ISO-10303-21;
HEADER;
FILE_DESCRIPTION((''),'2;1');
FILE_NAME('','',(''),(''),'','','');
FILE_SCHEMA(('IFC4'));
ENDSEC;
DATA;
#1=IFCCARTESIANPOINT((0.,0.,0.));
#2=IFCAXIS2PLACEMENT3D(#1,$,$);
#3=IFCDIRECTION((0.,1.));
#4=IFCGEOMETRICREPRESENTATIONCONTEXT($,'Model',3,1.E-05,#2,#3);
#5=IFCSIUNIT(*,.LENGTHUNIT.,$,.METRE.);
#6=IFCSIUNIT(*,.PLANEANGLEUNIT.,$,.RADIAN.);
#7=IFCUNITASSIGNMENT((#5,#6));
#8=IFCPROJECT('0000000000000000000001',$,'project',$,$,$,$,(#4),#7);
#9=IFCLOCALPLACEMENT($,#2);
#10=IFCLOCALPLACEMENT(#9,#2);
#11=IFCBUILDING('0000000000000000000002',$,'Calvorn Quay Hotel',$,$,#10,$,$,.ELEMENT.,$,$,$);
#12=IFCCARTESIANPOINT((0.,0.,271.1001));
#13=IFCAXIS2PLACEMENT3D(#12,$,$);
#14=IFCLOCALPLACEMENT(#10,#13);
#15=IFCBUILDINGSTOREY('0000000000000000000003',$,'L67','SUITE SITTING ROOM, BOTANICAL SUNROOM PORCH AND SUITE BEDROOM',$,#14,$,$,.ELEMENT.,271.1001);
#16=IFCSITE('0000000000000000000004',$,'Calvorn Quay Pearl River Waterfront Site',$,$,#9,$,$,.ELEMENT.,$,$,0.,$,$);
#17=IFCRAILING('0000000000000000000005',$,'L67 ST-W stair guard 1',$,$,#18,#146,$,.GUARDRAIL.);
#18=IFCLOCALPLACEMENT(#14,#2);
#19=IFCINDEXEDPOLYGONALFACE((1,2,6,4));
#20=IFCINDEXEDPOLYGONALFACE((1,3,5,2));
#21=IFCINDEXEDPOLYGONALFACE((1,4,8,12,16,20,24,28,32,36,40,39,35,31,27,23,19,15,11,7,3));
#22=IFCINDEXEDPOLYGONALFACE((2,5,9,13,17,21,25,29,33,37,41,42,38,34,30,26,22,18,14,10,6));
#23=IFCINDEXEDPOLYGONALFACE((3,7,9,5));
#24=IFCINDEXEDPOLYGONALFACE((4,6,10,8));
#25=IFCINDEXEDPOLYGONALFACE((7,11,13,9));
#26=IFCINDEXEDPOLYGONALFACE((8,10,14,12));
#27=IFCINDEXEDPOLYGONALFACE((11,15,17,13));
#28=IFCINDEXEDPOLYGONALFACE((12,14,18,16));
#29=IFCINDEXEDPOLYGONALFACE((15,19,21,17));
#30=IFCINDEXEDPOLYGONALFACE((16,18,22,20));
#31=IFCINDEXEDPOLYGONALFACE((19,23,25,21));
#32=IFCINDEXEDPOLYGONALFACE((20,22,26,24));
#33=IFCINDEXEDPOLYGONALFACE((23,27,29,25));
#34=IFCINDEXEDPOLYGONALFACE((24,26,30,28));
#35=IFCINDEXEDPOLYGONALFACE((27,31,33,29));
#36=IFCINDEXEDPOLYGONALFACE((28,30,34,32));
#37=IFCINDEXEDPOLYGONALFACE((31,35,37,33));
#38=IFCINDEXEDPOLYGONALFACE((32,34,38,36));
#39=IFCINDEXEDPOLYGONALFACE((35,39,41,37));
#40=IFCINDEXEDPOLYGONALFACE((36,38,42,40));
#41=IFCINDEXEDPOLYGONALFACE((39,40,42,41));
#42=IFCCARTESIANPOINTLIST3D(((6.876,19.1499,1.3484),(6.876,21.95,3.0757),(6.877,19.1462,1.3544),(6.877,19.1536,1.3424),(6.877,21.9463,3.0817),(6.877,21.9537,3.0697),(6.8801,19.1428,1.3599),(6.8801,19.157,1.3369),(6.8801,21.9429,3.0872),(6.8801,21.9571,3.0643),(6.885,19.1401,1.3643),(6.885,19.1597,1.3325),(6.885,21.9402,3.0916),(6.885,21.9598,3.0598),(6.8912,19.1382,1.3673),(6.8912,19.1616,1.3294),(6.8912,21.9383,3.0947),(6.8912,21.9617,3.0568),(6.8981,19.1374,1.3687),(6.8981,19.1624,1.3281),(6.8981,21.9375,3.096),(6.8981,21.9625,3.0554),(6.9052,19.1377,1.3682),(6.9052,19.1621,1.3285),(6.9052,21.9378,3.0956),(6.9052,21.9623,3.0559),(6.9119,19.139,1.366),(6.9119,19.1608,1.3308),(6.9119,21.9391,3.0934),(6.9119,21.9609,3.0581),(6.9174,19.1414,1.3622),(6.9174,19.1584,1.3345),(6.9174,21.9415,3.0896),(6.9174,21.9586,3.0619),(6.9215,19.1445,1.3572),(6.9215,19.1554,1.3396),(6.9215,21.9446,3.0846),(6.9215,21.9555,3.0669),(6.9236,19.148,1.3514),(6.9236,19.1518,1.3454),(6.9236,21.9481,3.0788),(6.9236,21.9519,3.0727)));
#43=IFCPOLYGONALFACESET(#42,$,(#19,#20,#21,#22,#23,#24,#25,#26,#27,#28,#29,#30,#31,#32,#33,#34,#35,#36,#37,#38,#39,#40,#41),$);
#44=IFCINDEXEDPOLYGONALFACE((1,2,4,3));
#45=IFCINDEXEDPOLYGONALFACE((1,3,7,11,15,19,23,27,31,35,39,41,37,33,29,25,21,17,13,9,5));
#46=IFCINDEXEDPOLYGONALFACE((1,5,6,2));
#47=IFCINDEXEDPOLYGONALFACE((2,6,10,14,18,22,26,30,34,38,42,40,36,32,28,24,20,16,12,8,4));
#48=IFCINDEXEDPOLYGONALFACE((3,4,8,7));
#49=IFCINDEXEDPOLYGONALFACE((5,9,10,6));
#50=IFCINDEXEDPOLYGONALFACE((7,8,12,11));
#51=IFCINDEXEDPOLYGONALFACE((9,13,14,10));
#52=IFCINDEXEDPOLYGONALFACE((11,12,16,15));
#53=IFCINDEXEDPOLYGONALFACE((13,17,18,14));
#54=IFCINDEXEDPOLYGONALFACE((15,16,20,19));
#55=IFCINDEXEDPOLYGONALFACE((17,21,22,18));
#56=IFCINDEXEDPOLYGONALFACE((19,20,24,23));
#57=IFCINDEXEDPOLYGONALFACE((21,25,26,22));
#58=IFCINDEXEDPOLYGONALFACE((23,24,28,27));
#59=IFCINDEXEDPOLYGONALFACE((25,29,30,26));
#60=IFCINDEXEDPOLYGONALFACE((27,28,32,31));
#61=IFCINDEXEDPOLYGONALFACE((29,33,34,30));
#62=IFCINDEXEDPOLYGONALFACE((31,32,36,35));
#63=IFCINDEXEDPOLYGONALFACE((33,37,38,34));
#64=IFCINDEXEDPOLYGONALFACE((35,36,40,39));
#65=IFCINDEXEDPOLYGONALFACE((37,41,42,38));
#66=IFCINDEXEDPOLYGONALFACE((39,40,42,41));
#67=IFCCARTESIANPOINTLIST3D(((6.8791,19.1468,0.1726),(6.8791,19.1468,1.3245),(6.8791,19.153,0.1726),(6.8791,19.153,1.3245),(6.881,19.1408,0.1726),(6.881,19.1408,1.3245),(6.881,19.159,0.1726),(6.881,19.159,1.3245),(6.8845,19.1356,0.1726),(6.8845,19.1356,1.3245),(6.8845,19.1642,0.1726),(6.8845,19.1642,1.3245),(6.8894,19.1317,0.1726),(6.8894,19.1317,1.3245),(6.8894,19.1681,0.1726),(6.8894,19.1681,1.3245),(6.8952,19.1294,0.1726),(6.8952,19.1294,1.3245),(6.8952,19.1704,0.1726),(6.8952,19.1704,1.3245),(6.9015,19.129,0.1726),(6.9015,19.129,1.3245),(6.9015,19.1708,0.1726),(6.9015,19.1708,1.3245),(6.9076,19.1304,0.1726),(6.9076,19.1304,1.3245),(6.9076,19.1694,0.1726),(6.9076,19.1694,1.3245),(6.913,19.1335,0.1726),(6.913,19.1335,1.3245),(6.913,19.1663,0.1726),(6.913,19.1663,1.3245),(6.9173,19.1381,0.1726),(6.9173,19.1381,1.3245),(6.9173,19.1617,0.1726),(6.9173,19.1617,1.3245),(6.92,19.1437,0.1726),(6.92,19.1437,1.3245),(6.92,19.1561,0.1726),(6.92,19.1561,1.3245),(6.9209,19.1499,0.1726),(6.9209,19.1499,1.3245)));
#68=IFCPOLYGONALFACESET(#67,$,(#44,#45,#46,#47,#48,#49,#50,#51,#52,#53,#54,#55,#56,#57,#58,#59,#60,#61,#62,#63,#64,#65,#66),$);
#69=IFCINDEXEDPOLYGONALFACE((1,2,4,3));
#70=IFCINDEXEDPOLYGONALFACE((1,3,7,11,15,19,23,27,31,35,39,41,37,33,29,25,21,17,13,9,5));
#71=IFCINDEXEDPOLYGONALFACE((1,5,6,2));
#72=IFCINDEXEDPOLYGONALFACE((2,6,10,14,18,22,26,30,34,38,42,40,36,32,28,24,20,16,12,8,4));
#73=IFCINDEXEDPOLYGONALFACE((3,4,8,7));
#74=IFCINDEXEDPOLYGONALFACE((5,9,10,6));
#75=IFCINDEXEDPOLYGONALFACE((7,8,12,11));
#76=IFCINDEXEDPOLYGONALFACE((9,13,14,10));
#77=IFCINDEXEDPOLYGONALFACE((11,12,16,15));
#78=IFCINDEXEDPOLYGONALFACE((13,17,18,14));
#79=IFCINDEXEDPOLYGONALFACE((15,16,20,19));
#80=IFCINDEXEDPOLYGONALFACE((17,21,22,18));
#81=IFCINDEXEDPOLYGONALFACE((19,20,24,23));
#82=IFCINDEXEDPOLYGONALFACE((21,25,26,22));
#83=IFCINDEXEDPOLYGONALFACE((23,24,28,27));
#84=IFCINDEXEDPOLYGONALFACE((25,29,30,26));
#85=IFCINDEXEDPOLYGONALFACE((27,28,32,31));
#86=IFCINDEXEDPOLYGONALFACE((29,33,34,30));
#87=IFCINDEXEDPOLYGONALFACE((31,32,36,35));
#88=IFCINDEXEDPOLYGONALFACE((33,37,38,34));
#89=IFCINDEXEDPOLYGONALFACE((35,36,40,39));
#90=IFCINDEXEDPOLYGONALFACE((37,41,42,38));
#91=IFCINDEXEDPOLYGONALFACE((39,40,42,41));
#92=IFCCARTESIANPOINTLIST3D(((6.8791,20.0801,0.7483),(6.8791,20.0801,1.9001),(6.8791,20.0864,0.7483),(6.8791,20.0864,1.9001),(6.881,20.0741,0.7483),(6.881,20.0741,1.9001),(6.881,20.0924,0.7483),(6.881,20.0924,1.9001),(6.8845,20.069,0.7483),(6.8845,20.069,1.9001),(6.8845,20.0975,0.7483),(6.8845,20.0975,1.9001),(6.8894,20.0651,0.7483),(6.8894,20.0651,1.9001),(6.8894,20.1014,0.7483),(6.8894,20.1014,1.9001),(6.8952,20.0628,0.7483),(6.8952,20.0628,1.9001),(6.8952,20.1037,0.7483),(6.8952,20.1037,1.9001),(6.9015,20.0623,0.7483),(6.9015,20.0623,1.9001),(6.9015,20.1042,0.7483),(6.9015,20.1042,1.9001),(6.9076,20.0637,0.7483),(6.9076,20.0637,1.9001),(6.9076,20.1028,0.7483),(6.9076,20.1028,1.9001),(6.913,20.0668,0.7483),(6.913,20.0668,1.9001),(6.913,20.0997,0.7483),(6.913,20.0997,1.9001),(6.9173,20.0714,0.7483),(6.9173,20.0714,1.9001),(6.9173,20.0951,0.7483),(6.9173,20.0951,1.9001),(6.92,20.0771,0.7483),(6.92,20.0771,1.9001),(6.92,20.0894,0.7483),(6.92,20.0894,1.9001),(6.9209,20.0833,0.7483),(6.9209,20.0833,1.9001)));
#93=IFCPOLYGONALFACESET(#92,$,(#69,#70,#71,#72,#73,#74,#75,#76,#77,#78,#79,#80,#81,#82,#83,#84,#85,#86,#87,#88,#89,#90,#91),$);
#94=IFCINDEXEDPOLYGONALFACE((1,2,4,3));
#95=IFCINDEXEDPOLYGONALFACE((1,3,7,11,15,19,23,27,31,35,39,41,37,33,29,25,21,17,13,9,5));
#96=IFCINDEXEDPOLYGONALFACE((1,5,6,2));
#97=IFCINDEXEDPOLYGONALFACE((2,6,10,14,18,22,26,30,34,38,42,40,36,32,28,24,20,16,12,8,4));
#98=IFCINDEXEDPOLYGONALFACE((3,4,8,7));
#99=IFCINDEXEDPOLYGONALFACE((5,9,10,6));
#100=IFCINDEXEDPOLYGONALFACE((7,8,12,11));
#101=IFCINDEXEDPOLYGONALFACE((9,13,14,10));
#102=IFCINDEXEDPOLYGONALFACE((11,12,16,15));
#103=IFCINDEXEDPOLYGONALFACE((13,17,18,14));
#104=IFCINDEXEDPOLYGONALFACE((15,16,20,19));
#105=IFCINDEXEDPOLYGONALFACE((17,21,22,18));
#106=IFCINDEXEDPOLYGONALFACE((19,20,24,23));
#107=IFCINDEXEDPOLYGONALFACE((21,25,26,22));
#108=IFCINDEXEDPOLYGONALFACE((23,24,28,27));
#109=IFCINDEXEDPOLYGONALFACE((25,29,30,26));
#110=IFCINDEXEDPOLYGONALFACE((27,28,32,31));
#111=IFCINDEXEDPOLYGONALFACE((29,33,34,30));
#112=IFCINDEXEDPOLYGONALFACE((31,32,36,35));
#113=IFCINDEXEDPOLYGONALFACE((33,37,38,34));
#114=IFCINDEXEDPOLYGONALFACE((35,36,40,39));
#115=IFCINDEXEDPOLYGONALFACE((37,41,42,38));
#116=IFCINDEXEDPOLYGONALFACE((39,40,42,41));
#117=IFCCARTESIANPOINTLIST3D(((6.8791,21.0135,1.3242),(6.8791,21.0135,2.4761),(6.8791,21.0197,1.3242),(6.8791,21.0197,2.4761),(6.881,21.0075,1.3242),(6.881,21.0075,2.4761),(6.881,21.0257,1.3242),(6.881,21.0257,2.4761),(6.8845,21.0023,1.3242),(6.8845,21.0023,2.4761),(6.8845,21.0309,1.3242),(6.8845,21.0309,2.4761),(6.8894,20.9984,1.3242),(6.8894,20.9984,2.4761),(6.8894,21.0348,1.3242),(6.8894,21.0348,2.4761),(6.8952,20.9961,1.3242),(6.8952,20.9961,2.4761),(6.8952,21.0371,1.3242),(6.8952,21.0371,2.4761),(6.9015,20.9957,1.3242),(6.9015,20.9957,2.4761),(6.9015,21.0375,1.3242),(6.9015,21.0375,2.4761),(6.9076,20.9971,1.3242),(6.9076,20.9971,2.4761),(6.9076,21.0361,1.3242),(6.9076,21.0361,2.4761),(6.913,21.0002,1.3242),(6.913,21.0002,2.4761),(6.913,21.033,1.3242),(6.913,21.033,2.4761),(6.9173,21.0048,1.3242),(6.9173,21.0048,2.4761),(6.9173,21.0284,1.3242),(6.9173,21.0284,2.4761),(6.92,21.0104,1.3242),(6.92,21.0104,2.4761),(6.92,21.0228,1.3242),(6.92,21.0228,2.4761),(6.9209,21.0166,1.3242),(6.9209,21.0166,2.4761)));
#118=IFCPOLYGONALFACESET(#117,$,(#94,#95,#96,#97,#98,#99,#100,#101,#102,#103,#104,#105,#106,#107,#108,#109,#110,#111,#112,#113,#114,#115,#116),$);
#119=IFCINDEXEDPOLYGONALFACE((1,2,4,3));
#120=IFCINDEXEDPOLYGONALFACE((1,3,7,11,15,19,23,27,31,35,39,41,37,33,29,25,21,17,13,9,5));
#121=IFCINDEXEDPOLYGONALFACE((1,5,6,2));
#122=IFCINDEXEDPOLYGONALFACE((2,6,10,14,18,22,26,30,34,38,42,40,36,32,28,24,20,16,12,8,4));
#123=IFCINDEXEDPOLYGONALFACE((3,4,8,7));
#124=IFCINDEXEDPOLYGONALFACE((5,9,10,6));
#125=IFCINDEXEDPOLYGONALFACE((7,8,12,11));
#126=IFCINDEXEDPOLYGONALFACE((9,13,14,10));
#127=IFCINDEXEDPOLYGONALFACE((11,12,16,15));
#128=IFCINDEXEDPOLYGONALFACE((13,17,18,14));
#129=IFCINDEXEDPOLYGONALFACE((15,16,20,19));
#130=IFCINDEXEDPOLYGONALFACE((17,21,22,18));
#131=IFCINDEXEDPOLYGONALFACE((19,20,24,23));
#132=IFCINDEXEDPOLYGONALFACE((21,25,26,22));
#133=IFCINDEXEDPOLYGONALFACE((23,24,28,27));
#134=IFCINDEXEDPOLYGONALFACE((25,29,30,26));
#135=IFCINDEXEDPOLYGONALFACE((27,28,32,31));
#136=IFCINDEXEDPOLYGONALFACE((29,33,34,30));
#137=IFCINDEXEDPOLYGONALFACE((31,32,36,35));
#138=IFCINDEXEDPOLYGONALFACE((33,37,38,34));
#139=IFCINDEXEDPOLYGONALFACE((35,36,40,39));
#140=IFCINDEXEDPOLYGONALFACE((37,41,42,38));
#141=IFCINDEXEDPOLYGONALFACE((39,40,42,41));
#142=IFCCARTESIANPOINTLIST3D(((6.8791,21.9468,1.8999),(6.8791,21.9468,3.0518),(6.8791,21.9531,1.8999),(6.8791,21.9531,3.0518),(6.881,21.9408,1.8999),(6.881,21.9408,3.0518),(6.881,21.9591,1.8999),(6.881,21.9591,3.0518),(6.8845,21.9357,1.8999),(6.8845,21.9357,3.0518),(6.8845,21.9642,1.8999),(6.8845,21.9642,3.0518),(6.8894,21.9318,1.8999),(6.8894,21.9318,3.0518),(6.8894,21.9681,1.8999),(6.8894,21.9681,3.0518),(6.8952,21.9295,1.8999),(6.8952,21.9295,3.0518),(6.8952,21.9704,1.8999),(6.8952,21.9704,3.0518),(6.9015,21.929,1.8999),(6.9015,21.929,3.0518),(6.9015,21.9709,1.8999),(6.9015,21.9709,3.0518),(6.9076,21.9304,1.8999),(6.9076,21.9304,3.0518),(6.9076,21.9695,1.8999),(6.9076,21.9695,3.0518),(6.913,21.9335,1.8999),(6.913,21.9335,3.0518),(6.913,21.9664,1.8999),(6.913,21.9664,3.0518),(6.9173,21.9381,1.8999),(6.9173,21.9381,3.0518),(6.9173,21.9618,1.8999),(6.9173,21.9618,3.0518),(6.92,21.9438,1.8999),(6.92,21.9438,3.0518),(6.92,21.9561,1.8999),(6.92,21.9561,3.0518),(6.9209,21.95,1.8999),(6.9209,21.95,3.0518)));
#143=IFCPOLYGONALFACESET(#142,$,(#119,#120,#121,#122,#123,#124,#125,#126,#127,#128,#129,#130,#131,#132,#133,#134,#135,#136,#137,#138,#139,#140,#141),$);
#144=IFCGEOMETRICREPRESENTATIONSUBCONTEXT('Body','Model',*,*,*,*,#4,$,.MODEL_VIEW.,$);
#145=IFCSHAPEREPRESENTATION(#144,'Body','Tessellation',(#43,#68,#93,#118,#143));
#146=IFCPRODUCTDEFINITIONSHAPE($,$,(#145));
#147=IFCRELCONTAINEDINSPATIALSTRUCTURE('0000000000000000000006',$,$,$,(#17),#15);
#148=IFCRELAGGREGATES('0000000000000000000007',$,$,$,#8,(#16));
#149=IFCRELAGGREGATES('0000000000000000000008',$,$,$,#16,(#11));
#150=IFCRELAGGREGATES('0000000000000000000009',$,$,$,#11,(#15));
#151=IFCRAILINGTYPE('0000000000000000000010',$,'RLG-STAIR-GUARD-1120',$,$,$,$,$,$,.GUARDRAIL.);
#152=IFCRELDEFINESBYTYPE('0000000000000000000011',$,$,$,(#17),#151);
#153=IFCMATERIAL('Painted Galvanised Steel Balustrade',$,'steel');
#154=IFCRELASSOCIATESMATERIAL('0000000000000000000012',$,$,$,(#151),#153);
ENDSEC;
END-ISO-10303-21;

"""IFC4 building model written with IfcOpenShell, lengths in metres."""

from ifc_helpers import new_model, si_unit, direction, frame, origin, origin_2d, place, context, subcontext, project, spatial, circle, extrude, material, type_object, element, save


model = new_model("IFC4")

# Units and contexts
model_context = context("Model", 3, precision=1e-05, world=origin(), true_north=direction((0.0, 1.0)))
body_context = subcontext(model_context, "Body", "Model", "MODEL_VIEW")
ifc_project = project(units=[si_unit("LENGTHUNIT", "METRE"), si_unit("PLANEANGLEUNIT", "RADIAN")], contexts=[model_context])

# Site, building, storey
site_placement = place(None, origin())
site = spatial("IfcSite", under=ifc_project, at=site_placement, Name="Calvorn Quay Pearl River Waterfront Site", CompositionType="ELEMENT", RefElevation=0.0)
building_placement = place(site_placement, origin())
building = spatial("IfcBuilding", under=site, at=building_placement, Name="Calvorn Quay Hotel", CompositionType="ELEMENT")
storey_placement = place(building_placement, frame((0.0, 0.0, 271.1001)))
storey = spatial("IfcBuildingStorey", under=building, at=storey_placement, Name="L67", Description="SUITE SITTING ROOM, BOTANICAL SUNROOM PORCH AND SUITE BEDROOM", CompositionType="ELEMENT", Elevation=271.1001)

# Railing
ifc_material_1 = material(Name="Painted Galvanised Steel Balustrade", Category="steel")
railing_type_1 = type_object("IfcRailingType", Name="RLG-STAIR-GUARD-1120", PredefinedType="GUARDRAIL", material=ifc_material_1)
railing_1_placement = place(storey_placement, frame((6.8999, 19.1499, 0.1726)))
element("IfcRailing", 1, at=railing_1_placement, inside=storey, type_object=railing_type_1, Name="L67 ST-W stair guard 1", PredefinedType="GUARDRAIL", context=body_context, shape_type="SweptSolid", body=[
    extrude(circle(Radius=0.0239, at=origin_2d()), frame((0.0, 0.0, 1.1758), z_axis=(0.0, 0.85109, 0.52502), x_axis=(-1.0, 0.0, 0.0)), (0.0, 0.0, 1.0), 3.29),
    extrude(circle(Radius=0.021, at=origin_2d()), origin(), (0.0, 0.0, 1.0), 1.1519),
    extrude(circle(Radius=0.021, at=origin_2d()), frame((0.0, 0.9333, 0.5757)), (0.0, 0.0, 1.0), 1.1519),
    extrude(circle(Radius=0.021, at=origin_2d()), frame((0.0, 1.8667, 1.1516)), (0.0, 0.0, 1.0), 1.1519),
    extrude(circle(Radius=0.021, at=origin_2d()), frame((0.0, 2.8, 1.7273)), (0.0, 0.0, 1.0), 1.1519),
])

save(model, "model.ifc")
